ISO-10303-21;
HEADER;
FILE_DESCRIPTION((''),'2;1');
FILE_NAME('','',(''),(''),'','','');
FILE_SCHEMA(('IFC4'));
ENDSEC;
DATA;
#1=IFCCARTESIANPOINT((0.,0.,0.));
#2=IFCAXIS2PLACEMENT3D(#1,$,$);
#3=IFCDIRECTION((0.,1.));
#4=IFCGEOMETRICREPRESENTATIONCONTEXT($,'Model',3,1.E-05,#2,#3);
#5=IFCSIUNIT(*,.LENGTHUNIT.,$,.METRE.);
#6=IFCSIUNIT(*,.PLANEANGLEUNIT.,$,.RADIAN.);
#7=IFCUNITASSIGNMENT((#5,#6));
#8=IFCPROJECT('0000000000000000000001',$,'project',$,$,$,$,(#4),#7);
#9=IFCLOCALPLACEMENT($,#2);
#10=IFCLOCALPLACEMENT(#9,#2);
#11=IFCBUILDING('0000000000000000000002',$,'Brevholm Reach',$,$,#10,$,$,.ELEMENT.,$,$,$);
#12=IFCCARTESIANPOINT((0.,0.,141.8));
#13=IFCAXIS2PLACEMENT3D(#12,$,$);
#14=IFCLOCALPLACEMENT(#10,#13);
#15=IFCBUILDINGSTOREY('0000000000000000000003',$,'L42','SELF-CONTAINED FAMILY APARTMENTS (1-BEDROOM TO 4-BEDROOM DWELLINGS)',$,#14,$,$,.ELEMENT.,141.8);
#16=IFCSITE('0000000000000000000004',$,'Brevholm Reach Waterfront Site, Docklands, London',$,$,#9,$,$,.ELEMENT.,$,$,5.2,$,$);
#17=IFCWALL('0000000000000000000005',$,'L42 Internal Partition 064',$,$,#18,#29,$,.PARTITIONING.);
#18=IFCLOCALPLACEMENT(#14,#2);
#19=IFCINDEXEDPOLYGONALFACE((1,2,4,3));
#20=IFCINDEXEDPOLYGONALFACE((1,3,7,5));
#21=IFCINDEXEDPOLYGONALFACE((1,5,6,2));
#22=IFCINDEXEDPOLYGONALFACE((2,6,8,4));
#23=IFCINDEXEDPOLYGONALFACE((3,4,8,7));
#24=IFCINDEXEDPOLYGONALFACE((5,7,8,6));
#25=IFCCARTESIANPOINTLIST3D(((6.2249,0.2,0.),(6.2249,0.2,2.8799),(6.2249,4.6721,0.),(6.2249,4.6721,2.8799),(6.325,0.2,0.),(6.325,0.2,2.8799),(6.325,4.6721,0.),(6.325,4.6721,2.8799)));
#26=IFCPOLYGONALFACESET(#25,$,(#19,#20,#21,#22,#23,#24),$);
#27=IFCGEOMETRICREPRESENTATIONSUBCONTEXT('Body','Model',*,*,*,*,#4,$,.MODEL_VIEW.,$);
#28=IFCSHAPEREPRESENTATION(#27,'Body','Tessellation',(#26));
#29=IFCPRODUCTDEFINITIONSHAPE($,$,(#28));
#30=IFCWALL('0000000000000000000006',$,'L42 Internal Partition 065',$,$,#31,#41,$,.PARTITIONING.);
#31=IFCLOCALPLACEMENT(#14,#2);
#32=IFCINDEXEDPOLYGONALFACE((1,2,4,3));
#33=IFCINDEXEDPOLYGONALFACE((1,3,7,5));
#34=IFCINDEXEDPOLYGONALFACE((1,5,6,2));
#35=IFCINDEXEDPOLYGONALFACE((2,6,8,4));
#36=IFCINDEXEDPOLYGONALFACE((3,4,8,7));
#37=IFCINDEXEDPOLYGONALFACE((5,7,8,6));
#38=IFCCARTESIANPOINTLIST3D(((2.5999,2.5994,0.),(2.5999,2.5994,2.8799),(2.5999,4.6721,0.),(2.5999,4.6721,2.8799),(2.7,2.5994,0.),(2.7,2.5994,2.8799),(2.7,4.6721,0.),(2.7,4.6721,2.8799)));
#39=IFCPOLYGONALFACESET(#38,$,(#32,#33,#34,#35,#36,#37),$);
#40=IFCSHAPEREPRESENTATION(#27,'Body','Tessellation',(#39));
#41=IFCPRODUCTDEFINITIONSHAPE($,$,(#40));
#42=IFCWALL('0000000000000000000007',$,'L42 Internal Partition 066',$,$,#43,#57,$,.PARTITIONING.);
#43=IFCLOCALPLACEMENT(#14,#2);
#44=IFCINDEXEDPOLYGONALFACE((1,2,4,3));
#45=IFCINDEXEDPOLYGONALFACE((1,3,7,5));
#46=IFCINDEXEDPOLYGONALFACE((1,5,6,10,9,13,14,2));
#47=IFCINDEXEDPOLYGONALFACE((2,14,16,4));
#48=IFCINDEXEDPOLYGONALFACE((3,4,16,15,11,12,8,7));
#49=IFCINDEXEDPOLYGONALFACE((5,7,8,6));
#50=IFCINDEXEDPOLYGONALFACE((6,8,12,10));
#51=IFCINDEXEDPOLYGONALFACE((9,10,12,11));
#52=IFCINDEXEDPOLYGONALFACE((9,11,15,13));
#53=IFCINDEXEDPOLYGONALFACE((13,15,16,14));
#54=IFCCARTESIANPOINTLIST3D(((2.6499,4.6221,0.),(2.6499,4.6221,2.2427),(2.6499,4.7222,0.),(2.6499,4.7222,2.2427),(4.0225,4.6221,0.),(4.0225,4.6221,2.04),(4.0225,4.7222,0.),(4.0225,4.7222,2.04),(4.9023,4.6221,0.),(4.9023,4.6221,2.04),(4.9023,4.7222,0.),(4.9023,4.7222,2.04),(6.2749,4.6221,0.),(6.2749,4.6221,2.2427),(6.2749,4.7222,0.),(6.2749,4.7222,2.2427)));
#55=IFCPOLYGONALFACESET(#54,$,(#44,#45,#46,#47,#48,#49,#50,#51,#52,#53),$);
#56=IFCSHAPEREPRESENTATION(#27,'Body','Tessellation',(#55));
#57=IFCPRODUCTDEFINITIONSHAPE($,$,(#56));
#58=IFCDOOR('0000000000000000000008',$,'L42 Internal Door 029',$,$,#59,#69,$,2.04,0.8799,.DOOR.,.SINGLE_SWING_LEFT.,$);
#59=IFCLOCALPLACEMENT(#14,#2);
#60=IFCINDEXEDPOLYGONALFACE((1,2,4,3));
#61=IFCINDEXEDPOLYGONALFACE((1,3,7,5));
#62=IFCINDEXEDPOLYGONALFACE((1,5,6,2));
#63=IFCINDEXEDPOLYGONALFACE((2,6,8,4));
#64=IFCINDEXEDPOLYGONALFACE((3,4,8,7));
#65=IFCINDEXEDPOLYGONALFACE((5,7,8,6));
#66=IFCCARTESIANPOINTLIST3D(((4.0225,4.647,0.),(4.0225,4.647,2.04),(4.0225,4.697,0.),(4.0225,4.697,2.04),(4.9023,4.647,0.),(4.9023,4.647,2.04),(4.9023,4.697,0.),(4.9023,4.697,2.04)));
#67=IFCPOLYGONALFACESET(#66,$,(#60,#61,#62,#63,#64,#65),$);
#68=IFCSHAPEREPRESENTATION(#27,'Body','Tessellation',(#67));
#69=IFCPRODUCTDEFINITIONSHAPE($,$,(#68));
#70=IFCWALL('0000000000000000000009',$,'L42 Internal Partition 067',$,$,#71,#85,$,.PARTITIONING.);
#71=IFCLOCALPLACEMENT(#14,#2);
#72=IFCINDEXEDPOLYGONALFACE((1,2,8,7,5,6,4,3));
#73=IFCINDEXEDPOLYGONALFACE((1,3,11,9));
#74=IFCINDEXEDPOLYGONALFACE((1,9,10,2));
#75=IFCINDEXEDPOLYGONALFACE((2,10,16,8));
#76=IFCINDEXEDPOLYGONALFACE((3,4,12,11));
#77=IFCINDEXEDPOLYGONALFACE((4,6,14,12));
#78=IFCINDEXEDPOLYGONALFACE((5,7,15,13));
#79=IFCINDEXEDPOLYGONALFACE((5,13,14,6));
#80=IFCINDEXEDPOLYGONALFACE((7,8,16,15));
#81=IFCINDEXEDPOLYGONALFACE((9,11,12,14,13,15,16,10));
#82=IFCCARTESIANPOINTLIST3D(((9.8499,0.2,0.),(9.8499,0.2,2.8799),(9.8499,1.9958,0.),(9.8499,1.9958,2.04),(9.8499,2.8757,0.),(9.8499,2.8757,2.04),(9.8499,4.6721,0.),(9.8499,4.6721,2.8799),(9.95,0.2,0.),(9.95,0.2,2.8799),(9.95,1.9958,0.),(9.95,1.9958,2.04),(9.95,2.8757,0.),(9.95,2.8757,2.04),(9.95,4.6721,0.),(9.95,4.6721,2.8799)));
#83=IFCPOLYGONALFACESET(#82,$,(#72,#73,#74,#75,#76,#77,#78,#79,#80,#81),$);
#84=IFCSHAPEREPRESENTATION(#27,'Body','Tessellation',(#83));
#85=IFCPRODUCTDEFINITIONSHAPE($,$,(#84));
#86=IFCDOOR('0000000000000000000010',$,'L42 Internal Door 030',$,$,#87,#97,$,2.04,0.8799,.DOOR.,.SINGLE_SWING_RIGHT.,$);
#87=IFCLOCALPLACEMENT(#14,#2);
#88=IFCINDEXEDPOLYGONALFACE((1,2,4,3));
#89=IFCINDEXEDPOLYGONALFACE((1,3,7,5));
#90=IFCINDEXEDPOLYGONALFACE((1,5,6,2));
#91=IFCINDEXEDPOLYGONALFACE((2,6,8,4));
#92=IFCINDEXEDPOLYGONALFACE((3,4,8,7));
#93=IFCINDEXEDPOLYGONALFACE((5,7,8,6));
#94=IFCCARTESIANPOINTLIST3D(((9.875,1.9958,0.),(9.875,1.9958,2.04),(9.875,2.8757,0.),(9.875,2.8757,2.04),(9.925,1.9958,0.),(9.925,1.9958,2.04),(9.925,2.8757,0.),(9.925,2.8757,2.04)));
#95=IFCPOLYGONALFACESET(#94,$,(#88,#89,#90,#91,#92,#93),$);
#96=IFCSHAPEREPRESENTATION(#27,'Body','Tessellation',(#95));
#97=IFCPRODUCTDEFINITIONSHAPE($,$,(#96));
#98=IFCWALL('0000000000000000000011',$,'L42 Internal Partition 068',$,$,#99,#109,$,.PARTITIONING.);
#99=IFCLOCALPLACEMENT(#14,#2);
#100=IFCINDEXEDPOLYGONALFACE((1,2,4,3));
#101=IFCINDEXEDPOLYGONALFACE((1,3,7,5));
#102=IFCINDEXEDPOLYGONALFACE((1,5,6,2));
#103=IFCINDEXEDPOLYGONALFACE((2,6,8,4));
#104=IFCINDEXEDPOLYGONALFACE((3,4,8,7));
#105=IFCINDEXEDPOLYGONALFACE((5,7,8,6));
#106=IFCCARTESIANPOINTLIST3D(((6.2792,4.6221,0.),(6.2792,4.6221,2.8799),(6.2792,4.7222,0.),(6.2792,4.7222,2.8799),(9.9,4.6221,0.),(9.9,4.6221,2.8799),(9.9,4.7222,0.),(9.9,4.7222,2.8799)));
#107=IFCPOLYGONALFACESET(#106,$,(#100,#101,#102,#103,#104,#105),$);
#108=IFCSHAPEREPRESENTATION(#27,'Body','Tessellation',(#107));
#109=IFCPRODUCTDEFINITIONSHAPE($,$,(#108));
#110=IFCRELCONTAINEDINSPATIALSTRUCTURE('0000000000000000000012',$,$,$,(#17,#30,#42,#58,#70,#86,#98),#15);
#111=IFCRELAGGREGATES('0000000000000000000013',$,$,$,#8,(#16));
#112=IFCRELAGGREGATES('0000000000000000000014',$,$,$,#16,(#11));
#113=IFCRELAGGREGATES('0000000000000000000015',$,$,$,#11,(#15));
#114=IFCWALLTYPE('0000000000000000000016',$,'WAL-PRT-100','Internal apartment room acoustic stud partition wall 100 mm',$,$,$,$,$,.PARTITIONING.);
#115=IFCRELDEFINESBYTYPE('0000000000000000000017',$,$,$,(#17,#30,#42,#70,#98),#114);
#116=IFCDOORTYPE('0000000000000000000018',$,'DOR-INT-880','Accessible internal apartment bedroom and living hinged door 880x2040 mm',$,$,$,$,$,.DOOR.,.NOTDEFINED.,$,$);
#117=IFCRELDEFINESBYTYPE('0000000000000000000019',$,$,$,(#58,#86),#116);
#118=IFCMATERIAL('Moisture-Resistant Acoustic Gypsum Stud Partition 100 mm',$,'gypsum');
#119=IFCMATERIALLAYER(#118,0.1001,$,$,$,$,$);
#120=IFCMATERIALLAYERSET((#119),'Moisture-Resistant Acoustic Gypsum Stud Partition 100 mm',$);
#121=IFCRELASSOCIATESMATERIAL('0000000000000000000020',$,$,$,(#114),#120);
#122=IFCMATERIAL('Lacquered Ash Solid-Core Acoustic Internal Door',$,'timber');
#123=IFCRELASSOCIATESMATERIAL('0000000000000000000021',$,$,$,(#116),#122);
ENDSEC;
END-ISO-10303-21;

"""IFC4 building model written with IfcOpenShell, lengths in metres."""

from ifc_helpers import new_model, si_unit, direction, frame, frame_2d, origin, place, context, subcontext, project, spatial, rectangle, extrude, material, layer, layer_set, type_object, element, fill, save


model = new_model("IFC4")

# Units and contexts
model_context = context("Model", 3, precision=1e-05, world=origin(), true_north=direction((0.0, 1.0)))
body_context = subcontext(model_context, "Body", "Model", "MODEL_VIEW")
ifc_project = project(units=[si_unit("LENGTHUNIT", "METRE"), si_unit("PLANEANGLEUNIT", "RADIAN")], contexts=[model_context])

# Site, building, storey
site_placement = place(None, origin())
site = spatial("IfcSite", under=ifc_project, at=site_placement, Name="Brevholm Reach Waterfront Site, Docklands, London", CompositionType="ELEMENT", RefElevation=5.2)
building_placement = place(site_placement, origin())
building = spatial("IfcBuilding", under=site, at=building_placement, Name="Brevholm Reach", CompositionType="ELEMENT")
storey_placement = place(building_placement, frame((0.0, 0.0, 141.8)))
storey = spatial("IfcBuildingStorey", under=building, at=storey_placement, Name="L42", Description="SELF-CONTAINED FAMILY APARTMENTS (1-BEDROOM TO 4-BEDROOM DWELLINGS)", CompositionType="ELEMENT", Elevation=141.8)

# Shared definitions
ifc_material_1 = material(Name="Moisture-Resistant Acoustic Gypsum Stud Partition 100 mm", Category="gypsum")
ifc_layer_1 = layer(ifc_material_1, 0.1001)
ifc_layer_set_1 = layer_set([ifc_layer_1], Name="Moisture-Resistant Acoustic Gypsum Stud Partition 100 mm")
wall_type_1 = type_object("IfcWallType", Name="WAL-PRT-100", Description="Internal apartment room acoustic stud partition wall 100 mm", PredefinedType="PARTITIONING", material=ifc_layer_set_1)

# Shared definitions
ifc_material_2 = material(Name="Lacquered Ash Solid-Core Acoustic Internal Door", Category="timber")
door_type = type_object("IfcDoorType", Name="DOR-INT-880", Description="Accessible internal apartment bedroom and living hinged door 880x2040 mm", OperationType="NOTDEFINED", PredefinedType="DOOR", material=ifc_material_2)

# Walls
wall_1_placement = place(storey_placement, frame((6.2749, 0.2, 0.0), z_axis=(0.0, 0.0, 1.0), x_axis=(0.0, 1.0, 0.0)))
element("IfcWall", 1, at=wall_1_placement, inside=storey, type_object=wall_type_1, Name="L42 Internal Partition 064", PredefinedType="PARTITIONING", context=body_context, shape_type="SweptSolid", body=[
    extrude(rectangle(XDim=4.4722, YDim=0.1001, at=frame_2d((2.2361, 0.0))), origin(), (0.0, 0.0, 1.0), 2.8799),
])
wall_2_placement = place(storey_placement, frame((2.6499, 2.5994, 0.0), z_axis=(0.0, 0.0, 1.0), x_axis=(0.0, 1.0, 0.0)))
element("IfcWall", 2, at=wall_2_placement, inside=storey, type_object=wall_type_1, Name="L42 Internal Partition 065", PredefinedType="PARTITIONING", context=body_context, shape_type="SweptSolid", body=[
    extrude(rectangle(XDim=2.0728, YDim=0.1001, at=frame_2d((1.0364, 0.0))), origin(), (0.0, 0.0, 1.0), 2.8799),
])

# Walls, openings, doors
wall_3_placement = place(storey_placement, frame((2.6499, 4.6721, 0.0), z_axis=(0.0, 0.0, 1.0), x_axis=(1.0, 0.0, 0.0)))
wall_3 = element("IfcWall", 3, at=wall_3_placement, inside=storey, type_object=wall_type_1, Name="L42 Internal Partition 066", PredefinedType="PARTITIONING", context=body_context, shape_type="SweptSolid", body=[
    extrude(rectangle(XDim=3.625, YDim=0.1001, at=frame_2d((1.8125, 0.0))), origin(), (0.0, 0.0, 1.0), 2.2427),
])
opening_1_placement = place(wall_3_placement, frame((1.3726, 0.0, 0.0)))
opening_1 = element("IfcOpeningElement", 4, at=opening_1_placement, cuts=wall_3, PredefinedType="OPENING", context=body_context, shape_type="SweptSolid", body=[
    extrude(rectangle(XDim=0.8799, YDim=2.04, at=frame_2d((0.4399, 1.02))), frame((0.0, 0.0601, 0.0), z_axis=(0.0, -1.0, 0.0), x_axis=(1.0, 0.0, 0.0)), (0.0, 0.0, 1.0), 0.1201),
])
door_1_placement = place(opening_1_placement, origin())
door_1 = element("IfcDoor", 5, at=door_1_placement, inside=storey, type_object=door_type, Name="L42 Internal Door 029", OperationType="SINGLE_SWING_LEFT", OverallHeight=2.04, OverallWidth=0.8799, PredefinedType="DOOR", context=body_context, shape_type="SweptSolid", body=[
    extrude(rectangle(XDim=0.8799, YDim=2.04, at=frame_2d((0.4399, 1.02))), frame((0.0, 0.0249, 0.0), z_axis=(0.0, -1.0, 0.0), x_axis=(1.0, 0.0, 0.0)), (0.0, 0.0, 1.0), 0.05),
])
fill(opening_1, door_1)
wall_4_placement = place(storey_placement, frame((9.8999, 0.2, 0.0), z_axis=(0.0, 0.0, 1.0), x_axis=(0.0, 1.0, 0.0)))
wall_4 = element("IfcWall", 6, at=wall_4_placement, inside=storey, type_object=wall_type_1, Name="L42 Internal Partition 067", PredefinedType="PARTITIONING", context=body_context, shape_type="SweptSolid", body=[
    extrude(rectangle(XDim=4.4722, YDim=0.1001, at=frame_2d((2.2361, 0.0))), origin(), (0.0, 0.0, 1.0), 2.8799),
])
opening_2_placement = place(wall_4_placement, frame((1.7959, 0.0, 0.0)))
opening_2 = element("IfcOpeningElement", 7, at=opening_2_placement, cuts=wall_4, PredefinedType="OPENING", context=body_context, shape_type="SweptSolid", body=[
    extrude(rectangle(XDim=0.8799, YDim=2.04, at=frame_2d((0.4399, 1.02))), frame((0.0, 0.0601, 0.0), z_axis=(0.0, -1.0, 0.0), x_axis=(1.0, 0.0, 0.0)), (0.0, 0.0, 1.0), 0.1201),
])
door_2_placement = place(opening_2_placement, origin())
door_2 = element("IfcDoor", 8, at=door_2_placement, inside=storey, type_object=door_type, Name="L42 Internal Door 030", OperationType="SINGLE_SWING_RIGHT", OverallHeight=2.04, OverallWidth=0.8799, PredefinedType="DOOR", context=body_context, shape_type="SweptSolid", body=[
    extrude(rectangle(XDim=0.8799, YDim=2.04, at=frame_2d((0.4399, 1.02))), frame((0.0, 0.0249, 0.0), z_axis=(0.0, -1.0, 0.0), x_axis=(1.0, 0.0, 0.0)), (0.0, 0.0, 1.0), 0.05),
])
fill(opening_2, door_2)

# Wall
wall_5_placement = place(storey_placement, frame((6.2791, 4.6721, 0.0), z_axis=(0.0, 0.0, 1.0), x_axis=(1.0, 0.0, 0.0)))
element("IfcWall", 9, at=wall_5_placement, inside=storey, type_object=wall_type_1, Name="L42 Internal Partition 068", PredefinedType="PARTITIONING", context=body_context, shape_type="SweptSolid", body=[
    extrude(rectangle(XDim=3.6208, YDim=0.1001, at=frame_2d((1.8105, 0.0))), origin(), (0.0, 0.0, 1.0), 2.8799),
])

save(model, "model.ifc")
